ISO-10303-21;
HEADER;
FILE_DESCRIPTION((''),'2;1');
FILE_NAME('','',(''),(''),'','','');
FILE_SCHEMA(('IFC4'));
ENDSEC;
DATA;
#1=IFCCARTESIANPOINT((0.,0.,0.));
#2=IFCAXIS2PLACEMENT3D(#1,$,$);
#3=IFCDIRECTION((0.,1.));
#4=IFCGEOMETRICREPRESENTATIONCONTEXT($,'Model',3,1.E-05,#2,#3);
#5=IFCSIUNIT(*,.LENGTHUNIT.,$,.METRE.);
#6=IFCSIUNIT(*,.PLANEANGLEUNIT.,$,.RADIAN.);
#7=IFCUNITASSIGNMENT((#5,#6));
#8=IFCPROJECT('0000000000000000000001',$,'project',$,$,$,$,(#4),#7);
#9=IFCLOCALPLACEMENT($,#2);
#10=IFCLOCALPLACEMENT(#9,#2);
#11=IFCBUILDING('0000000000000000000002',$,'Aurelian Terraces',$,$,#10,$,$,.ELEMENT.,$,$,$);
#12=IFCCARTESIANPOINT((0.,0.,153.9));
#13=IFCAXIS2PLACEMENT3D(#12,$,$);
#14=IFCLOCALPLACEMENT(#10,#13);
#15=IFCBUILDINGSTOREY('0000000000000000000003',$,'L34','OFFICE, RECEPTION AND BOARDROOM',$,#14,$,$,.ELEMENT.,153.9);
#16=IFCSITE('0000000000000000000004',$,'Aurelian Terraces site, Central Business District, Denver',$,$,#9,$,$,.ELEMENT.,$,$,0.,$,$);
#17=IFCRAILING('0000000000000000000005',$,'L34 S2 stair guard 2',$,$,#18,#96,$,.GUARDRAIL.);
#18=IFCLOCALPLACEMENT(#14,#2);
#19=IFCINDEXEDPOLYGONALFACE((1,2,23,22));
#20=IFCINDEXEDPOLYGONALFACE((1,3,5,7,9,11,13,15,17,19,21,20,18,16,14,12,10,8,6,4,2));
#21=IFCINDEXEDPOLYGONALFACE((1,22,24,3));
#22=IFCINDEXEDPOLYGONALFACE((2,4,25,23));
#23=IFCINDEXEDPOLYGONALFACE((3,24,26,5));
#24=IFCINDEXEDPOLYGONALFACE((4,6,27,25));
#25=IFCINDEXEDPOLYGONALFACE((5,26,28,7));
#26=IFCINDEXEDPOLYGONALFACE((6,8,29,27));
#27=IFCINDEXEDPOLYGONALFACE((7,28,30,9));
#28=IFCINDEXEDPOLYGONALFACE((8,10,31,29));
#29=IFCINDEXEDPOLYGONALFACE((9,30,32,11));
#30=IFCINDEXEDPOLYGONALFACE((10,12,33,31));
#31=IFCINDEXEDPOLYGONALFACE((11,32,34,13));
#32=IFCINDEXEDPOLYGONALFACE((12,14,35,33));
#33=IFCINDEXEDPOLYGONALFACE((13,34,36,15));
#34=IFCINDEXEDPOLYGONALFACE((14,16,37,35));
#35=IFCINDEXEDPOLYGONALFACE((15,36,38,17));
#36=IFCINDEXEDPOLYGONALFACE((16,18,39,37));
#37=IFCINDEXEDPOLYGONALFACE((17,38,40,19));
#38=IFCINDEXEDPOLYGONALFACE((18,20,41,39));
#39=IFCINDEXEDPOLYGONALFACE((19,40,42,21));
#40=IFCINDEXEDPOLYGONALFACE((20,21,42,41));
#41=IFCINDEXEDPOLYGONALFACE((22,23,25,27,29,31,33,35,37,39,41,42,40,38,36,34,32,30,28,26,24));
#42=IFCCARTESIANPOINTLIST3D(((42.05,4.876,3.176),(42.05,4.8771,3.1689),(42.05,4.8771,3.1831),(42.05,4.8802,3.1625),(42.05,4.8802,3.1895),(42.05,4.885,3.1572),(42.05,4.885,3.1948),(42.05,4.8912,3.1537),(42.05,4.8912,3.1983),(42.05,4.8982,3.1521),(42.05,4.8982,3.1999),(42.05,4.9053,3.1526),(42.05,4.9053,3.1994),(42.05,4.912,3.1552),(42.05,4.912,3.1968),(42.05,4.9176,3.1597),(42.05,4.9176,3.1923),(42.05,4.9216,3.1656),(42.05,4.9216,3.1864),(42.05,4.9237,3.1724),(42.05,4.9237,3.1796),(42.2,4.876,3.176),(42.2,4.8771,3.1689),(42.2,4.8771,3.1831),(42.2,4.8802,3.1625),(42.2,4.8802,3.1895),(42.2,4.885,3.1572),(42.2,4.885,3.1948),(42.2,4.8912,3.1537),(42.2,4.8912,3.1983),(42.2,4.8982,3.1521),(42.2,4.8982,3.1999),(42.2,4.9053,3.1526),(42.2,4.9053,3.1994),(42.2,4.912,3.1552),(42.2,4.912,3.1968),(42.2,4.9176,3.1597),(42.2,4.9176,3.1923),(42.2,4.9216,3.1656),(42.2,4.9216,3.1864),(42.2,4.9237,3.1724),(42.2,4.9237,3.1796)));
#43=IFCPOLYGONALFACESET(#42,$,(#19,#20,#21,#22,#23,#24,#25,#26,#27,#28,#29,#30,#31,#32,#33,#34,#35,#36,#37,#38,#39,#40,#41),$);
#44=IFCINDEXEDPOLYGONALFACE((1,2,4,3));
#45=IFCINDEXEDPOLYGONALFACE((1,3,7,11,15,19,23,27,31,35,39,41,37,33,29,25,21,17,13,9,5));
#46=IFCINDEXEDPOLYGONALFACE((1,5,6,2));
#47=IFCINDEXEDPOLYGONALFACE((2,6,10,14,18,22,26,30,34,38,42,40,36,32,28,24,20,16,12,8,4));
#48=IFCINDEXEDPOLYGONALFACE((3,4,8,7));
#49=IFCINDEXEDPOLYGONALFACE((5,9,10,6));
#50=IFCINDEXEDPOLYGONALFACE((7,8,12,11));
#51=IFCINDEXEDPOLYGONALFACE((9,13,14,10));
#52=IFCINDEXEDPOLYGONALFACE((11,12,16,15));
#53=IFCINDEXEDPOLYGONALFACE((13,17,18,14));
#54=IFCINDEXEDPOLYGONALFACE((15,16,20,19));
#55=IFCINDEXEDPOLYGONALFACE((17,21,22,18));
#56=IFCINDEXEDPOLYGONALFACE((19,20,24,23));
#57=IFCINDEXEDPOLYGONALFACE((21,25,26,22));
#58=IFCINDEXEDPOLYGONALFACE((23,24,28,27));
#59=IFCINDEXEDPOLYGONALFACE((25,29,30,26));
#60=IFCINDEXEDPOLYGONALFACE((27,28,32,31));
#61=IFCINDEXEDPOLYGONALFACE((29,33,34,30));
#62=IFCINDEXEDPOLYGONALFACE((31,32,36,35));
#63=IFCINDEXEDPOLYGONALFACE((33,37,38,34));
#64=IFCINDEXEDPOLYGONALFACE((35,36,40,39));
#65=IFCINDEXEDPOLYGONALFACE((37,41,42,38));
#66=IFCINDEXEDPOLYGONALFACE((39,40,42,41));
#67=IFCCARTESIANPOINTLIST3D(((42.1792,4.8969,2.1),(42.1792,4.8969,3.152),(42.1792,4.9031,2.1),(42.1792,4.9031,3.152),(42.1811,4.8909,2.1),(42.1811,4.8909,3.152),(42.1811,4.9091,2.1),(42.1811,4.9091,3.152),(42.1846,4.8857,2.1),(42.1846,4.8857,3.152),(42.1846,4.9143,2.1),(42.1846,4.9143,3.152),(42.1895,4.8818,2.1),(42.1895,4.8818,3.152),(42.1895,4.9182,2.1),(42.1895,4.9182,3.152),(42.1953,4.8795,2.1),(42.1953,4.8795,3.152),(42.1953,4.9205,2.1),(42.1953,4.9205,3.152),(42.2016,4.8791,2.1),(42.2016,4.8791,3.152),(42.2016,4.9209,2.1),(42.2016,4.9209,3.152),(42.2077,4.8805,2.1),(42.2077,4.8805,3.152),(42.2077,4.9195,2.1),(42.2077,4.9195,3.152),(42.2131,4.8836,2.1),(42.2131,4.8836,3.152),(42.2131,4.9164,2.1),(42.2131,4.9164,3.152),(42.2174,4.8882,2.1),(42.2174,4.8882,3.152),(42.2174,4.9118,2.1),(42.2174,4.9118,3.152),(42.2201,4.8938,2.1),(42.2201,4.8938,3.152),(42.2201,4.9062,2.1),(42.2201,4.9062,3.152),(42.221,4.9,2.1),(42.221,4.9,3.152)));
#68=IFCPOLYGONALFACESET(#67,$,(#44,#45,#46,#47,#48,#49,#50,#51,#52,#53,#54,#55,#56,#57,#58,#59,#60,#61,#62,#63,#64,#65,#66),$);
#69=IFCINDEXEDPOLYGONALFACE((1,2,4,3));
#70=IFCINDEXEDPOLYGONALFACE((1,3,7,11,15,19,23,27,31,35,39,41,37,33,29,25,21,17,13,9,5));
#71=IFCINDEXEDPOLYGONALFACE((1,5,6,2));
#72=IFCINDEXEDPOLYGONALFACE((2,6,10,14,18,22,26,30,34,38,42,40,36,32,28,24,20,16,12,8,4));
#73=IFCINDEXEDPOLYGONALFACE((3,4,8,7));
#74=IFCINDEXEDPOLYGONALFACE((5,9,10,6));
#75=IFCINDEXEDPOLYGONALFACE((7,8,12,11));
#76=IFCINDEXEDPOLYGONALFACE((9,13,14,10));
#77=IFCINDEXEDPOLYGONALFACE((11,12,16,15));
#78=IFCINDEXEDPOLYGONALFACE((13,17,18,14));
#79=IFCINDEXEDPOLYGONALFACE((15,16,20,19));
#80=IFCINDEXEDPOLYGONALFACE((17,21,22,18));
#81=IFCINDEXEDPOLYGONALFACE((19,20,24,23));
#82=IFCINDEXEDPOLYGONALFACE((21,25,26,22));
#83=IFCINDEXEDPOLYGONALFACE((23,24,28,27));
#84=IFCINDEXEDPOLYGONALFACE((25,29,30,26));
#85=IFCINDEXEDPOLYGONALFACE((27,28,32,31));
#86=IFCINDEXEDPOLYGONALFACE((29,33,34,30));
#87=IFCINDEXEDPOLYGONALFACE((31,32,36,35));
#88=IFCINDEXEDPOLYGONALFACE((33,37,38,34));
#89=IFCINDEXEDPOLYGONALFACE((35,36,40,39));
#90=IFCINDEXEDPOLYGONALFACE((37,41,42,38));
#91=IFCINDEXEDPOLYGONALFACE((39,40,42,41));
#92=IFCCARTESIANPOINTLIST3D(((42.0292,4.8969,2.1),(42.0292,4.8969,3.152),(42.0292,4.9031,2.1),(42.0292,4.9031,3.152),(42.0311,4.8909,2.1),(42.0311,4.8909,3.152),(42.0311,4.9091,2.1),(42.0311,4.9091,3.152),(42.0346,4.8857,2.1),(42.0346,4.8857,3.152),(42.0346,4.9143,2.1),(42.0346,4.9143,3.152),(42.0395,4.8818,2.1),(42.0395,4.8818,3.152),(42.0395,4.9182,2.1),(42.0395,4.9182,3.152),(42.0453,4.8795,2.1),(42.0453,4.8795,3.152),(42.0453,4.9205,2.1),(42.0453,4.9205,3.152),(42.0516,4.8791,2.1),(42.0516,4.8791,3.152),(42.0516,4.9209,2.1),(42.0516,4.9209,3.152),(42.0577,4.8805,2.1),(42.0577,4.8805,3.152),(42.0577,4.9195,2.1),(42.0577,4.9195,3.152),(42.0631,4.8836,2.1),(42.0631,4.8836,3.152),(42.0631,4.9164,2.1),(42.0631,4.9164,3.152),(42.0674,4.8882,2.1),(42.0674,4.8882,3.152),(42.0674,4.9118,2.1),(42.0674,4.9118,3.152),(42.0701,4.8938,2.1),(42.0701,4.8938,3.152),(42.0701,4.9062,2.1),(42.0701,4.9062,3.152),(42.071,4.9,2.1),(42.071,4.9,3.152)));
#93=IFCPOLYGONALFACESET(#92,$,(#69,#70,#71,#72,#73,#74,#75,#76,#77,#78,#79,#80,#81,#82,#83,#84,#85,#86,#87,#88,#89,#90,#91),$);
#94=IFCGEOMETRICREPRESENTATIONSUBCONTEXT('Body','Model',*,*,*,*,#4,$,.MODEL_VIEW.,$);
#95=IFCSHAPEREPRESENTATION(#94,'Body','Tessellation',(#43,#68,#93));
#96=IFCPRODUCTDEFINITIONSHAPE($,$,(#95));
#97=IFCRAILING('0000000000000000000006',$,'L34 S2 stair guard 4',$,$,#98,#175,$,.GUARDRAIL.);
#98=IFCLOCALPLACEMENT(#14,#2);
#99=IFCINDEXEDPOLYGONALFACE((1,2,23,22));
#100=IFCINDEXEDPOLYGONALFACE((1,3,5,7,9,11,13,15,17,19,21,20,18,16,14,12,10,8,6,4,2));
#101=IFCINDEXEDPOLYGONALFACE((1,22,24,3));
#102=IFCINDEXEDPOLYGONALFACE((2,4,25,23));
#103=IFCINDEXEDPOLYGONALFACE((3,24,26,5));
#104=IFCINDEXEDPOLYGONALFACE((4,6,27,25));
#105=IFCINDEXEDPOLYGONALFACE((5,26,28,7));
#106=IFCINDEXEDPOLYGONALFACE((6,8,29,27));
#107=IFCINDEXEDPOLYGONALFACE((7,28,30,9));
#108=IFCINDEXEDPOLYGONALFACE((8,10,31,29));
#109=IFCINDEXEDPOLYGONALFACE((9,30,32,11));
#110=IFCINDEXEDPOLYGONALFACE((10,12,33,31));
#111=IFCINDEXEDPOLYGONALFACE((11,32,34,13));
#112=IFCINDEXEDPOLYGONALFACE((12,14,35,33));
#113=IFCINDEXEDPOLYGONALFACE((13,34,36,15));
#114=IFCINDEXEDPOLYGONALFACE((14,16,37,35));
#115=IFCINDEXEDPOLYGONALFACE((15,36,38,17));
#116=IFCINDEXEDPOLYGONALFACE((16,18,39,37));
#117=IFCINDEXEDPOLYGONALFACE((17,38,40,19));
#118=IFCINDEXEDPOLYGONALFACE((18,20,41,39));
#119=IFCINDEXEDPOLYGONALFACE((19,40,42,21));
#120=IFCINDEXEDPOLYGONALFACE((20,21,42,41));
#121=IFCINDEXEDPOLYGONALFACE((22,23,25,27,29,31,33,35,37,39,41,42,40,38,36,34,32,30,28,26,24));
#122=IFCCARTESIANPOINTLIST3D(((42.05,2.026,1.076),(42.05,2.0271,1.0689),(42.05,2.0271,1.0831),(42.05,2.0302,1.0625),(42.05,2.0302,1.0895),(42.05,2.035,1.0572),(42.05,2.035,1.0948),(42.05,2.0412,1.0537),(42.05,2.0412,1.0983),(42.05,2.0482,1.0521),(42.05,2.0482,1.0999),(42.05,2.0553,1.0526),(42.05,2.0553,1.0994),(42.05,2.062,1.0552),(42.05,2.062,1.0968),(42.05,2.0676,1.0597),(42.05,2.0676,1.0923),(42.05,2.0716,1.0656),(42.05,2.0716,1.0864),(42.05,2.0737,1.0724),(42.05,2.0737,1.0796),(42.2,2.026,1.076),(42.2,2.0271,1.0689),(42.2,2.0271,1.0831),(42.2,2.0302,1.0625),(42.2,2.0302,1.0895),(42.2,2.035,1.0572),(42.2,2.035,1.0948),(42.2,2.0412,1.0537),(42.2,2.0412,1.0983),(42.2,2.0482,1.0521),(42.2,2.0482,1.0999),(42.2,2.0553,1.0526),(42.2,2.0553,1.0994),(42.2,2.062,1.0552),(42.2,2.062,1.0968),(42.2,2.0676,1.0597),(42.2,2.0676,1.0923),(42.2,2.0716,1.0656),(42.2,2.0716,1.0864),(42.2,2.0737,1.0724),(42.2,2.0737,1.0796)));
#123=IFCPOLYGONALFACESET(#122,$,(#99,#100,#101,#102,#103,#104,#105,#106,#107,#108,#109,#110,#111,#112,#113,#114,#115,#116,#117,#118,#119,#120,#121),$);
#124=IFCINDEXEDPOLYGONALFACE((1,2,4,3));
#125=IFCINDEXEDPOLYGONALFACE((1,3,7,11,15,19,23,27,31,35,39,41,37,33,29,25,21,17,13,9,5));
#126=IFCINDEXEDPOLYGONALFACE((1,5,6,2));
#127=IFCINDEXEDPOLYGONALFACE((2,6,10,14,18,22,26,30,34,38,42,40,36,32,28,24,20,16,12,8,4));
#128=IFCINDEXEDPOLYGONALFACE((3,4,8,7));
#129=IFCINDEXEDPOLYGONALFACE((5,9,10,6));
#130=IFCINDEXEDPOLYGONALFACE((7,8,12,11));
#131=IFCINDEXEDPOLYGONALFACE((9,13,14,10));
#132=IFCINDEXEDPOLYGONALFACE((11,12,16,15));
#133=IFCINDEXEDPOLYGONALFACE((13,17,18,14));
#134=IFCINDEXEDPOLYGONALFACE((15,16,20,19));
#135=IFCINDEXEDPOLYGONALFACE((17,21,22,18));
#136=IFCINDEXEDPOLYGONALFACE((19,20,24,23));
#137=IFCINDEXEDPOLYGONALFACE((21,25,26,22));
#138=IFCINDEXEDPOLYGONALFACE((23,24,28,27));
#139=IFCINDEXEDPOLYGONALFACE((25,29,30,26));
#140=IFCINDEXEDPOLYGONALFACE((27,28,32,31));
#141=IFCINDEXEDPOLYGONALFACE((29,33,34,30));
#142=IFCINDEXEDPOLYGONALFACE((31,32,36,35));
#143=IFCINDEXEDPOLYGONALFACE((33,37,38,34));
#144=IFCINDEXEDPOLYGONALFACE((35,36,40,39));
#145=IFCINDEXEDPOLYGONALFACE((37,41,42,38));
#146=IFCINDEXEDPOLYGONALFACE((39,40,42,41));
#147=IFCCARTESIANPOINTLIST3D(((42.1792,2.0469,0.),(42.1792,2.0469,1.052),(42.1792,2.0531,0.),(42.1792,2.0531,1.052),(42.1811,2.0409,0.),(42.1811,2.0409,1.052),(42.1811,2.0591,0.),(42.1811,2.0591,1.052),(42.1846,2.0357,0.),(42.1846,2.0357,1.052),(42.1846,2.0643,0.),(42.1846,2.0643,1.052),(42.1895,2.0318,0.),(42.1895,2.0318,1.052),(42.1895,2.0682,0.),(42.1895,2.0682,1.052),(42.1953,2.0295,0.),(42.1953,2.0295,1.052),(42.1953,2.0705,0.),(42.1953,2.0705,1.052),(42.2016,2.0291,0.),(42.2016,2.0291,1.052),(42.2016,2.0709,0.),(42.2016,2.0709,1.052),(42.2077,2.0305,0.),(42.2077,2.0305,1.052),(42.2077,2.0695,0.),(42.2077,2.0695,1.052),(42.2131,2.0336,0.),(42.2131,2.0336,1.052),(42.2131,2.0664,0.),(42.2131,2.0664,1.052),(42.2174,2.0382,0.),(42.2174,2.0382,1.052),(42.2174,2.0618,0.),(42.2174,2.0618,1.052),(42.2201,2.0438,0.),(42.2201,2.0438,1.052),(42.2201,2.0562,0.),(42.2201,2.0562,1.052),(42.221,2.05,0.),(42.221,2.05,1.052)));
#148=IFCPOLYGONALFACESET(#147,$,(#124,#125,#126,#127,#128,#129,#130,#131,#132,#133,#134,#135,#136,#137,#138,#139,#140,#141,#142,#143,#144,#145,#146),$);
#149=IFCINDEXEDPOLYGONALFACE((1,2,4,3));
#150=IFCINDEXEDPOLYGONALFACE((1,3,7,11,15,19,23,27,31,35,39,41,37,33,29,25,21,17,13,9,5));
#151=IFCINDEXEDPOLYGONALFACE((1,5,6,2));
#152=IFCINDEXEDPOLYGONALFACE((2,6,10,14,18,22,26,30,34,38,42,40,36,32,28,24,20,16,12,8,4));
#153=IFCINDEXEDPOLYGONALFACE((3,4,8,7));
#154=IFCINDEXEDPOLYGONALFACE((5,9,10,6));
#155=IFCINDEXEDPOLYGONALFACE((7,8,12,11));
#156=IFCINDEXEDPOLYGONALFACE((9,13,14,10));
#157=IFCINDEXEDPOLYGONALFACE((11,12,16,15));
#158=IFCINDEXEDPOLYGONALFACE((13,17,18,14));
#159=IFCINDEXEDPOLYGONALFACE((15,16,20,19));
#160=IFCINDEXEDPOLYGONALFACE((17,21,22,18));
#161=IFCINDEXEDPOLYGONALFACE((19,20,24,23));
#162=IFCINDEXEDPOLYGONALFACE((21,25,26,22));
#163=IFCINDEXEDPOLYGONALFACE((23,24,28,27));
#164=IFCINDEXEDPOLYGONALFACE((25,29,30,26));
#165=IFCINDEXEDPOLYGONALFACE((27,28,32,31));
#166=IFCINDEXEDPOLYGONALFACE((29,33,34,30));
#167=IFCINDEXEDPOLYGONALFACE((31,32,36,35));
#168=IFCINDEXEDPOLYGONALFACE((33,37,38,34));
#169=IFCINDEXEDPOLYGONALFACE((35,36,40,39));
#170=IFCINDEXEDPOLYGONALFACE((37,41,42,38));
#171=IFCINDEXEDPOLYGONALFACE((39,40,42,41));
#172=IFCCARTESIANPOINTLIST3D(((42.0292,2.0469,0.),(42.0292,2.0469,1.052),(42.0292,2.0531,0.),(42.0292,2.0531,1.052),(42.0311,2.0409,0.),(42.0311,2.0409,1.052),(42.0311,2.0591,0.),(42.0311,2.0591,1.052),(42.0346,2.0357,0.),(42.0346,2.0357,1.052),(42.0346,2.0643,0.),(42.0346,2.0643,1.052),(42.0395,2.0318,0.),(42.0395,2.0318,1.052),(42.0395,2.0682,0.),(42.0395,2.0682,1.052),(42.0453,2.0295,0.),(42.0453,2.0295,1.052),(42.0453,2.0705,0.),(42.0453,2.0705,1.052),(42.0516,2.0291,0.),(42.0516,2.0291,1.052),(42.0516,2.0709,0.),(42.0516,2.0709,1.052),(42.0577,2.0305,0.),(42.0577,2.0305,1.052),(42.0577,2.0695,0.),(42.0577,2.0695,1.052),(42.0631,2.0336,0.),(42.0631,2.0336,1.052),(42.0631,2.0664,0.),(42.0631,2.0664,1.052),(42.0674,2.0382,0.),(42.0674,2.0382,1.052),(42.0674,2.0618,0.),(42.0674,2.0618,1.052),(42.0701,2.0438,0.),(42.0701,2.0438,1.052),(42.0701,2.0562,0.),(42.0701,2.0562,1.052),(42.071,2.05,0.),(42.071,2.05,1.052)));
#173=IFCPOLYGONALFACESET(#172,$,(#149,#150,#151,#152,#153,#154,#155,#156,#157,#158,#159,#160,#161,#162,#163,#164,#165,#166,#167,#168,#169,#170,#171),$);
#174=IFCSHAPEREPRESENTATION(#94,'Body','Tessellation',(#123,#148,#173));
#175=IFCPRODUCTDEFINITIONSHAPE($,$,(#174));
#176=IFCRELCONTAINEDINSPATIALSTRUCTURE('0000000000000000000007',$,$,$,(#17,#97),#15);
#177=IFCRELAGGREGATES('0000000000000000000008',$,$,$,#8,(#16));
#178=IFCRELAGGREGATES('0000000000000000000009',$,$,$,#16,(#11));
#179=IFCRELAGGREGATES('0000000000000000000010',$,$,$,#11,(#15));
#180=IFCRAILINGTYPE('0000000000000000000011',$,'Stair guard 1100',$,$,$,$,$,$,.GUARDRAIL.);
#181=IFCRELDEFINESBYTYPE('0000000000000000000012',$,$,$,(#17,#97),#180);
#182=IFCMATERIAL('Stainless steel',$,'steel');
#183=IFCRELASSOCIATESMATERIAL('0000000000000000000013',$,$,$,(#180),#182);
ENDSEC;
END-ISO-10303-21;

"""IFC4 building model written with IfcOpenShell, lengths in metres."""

from ifc_helpers import new_model, si_unit, direction, frame, origin, origin_2d, place, context, subcontext, project, spatial, circle, extrude, source, transform, mapped, material, type_object, element, save


model = new_model("IFC4")

# Units and contexts
model_context = context("Model", 3, precision=1e-05, world=origin(), true_north=direction((0.0, 1.0)))
body_context = subcontext(model_context, "Body", "Model", "MODEL_VIEW")
ifc_project = project(units=[si_unit("LENGTHUNIT", "METRE"), si_unit("PLANEANGLEUNIT", "RADIAN")], contexts=[model_context])

# Site, building, storey
site_placement = place(None, origin())
site = spatial("IfcSite", under=ifc_project, at=site_placement, Name="Aurelian Terraces site, Central Business District, Denver", CompositionType="ELEMENT", RefElevation=0.0)
building_placement = place(site_placement, origin())
building = spatial("IfcBuilding", under=site, at=building_placement, Name="Aurelian Terraces", CompositionType="ELEMENT")
storey_placement = place(building_placement, frame((0.0, 0.0, 153.9)))
storey = spatial("IfcBuildingStorey", under=building, at=storey_placement, Name="L34", Description="OFFICE, RECEPTION AND BOARDROOM", CompositionType="ELEMENT", Elevation=153.9)

# Railings
ifc_material_1 = material(Name="Stainless steel", Category="steel")
railing_type_1 = type_object("IfcRailingType", Name="Stair guard 1100", PredefinedType="GUARDRAIL", material=ifc_material_1)
shared_shape_1 = source(origin(), body_context, "Body", "SweptSolid", [
    extrude(circle(Radius=0.024, at=origin_2d()), frame((0.0, 0.0, 1.076), z_axis=(-1.0, 0.0, 0.0), x_axis=(0.0, -1.0, 0.0)), (0.0, 0.0, 1.0), 0.15),
    extrude(circle(Radius=0.021, at=origin_2d()), origin(), (0.0, 0.0, 1.0), 1.052),
    extrude(circle(Radius=0.021, at=origin_2d()), frame((-0.15, 0.0, 0.0)), (0.0, 0.0, 1.0), 1.052),
])
for number, where, name in (
    (1, (42.2, 4.9, 2.1), "L34 S2 stair guard 2"),
    (2, (42.2, 2.05, 0.0), "L34 S2 stair guard 4"),
):
    element("IfcRailing", number, at=place(storey_placement, frame(where)), inside=storey, type_object=railing_type_1, Name=name, PredefinedType="GUARDRAIL", context=body_context, shape_type="MappedRepresentation", body=[
        mapped(shared_shape_1, transform((0.0, 0.0, 0.0), scale=1.0)),
    ])

save(model, "model.ifc")
